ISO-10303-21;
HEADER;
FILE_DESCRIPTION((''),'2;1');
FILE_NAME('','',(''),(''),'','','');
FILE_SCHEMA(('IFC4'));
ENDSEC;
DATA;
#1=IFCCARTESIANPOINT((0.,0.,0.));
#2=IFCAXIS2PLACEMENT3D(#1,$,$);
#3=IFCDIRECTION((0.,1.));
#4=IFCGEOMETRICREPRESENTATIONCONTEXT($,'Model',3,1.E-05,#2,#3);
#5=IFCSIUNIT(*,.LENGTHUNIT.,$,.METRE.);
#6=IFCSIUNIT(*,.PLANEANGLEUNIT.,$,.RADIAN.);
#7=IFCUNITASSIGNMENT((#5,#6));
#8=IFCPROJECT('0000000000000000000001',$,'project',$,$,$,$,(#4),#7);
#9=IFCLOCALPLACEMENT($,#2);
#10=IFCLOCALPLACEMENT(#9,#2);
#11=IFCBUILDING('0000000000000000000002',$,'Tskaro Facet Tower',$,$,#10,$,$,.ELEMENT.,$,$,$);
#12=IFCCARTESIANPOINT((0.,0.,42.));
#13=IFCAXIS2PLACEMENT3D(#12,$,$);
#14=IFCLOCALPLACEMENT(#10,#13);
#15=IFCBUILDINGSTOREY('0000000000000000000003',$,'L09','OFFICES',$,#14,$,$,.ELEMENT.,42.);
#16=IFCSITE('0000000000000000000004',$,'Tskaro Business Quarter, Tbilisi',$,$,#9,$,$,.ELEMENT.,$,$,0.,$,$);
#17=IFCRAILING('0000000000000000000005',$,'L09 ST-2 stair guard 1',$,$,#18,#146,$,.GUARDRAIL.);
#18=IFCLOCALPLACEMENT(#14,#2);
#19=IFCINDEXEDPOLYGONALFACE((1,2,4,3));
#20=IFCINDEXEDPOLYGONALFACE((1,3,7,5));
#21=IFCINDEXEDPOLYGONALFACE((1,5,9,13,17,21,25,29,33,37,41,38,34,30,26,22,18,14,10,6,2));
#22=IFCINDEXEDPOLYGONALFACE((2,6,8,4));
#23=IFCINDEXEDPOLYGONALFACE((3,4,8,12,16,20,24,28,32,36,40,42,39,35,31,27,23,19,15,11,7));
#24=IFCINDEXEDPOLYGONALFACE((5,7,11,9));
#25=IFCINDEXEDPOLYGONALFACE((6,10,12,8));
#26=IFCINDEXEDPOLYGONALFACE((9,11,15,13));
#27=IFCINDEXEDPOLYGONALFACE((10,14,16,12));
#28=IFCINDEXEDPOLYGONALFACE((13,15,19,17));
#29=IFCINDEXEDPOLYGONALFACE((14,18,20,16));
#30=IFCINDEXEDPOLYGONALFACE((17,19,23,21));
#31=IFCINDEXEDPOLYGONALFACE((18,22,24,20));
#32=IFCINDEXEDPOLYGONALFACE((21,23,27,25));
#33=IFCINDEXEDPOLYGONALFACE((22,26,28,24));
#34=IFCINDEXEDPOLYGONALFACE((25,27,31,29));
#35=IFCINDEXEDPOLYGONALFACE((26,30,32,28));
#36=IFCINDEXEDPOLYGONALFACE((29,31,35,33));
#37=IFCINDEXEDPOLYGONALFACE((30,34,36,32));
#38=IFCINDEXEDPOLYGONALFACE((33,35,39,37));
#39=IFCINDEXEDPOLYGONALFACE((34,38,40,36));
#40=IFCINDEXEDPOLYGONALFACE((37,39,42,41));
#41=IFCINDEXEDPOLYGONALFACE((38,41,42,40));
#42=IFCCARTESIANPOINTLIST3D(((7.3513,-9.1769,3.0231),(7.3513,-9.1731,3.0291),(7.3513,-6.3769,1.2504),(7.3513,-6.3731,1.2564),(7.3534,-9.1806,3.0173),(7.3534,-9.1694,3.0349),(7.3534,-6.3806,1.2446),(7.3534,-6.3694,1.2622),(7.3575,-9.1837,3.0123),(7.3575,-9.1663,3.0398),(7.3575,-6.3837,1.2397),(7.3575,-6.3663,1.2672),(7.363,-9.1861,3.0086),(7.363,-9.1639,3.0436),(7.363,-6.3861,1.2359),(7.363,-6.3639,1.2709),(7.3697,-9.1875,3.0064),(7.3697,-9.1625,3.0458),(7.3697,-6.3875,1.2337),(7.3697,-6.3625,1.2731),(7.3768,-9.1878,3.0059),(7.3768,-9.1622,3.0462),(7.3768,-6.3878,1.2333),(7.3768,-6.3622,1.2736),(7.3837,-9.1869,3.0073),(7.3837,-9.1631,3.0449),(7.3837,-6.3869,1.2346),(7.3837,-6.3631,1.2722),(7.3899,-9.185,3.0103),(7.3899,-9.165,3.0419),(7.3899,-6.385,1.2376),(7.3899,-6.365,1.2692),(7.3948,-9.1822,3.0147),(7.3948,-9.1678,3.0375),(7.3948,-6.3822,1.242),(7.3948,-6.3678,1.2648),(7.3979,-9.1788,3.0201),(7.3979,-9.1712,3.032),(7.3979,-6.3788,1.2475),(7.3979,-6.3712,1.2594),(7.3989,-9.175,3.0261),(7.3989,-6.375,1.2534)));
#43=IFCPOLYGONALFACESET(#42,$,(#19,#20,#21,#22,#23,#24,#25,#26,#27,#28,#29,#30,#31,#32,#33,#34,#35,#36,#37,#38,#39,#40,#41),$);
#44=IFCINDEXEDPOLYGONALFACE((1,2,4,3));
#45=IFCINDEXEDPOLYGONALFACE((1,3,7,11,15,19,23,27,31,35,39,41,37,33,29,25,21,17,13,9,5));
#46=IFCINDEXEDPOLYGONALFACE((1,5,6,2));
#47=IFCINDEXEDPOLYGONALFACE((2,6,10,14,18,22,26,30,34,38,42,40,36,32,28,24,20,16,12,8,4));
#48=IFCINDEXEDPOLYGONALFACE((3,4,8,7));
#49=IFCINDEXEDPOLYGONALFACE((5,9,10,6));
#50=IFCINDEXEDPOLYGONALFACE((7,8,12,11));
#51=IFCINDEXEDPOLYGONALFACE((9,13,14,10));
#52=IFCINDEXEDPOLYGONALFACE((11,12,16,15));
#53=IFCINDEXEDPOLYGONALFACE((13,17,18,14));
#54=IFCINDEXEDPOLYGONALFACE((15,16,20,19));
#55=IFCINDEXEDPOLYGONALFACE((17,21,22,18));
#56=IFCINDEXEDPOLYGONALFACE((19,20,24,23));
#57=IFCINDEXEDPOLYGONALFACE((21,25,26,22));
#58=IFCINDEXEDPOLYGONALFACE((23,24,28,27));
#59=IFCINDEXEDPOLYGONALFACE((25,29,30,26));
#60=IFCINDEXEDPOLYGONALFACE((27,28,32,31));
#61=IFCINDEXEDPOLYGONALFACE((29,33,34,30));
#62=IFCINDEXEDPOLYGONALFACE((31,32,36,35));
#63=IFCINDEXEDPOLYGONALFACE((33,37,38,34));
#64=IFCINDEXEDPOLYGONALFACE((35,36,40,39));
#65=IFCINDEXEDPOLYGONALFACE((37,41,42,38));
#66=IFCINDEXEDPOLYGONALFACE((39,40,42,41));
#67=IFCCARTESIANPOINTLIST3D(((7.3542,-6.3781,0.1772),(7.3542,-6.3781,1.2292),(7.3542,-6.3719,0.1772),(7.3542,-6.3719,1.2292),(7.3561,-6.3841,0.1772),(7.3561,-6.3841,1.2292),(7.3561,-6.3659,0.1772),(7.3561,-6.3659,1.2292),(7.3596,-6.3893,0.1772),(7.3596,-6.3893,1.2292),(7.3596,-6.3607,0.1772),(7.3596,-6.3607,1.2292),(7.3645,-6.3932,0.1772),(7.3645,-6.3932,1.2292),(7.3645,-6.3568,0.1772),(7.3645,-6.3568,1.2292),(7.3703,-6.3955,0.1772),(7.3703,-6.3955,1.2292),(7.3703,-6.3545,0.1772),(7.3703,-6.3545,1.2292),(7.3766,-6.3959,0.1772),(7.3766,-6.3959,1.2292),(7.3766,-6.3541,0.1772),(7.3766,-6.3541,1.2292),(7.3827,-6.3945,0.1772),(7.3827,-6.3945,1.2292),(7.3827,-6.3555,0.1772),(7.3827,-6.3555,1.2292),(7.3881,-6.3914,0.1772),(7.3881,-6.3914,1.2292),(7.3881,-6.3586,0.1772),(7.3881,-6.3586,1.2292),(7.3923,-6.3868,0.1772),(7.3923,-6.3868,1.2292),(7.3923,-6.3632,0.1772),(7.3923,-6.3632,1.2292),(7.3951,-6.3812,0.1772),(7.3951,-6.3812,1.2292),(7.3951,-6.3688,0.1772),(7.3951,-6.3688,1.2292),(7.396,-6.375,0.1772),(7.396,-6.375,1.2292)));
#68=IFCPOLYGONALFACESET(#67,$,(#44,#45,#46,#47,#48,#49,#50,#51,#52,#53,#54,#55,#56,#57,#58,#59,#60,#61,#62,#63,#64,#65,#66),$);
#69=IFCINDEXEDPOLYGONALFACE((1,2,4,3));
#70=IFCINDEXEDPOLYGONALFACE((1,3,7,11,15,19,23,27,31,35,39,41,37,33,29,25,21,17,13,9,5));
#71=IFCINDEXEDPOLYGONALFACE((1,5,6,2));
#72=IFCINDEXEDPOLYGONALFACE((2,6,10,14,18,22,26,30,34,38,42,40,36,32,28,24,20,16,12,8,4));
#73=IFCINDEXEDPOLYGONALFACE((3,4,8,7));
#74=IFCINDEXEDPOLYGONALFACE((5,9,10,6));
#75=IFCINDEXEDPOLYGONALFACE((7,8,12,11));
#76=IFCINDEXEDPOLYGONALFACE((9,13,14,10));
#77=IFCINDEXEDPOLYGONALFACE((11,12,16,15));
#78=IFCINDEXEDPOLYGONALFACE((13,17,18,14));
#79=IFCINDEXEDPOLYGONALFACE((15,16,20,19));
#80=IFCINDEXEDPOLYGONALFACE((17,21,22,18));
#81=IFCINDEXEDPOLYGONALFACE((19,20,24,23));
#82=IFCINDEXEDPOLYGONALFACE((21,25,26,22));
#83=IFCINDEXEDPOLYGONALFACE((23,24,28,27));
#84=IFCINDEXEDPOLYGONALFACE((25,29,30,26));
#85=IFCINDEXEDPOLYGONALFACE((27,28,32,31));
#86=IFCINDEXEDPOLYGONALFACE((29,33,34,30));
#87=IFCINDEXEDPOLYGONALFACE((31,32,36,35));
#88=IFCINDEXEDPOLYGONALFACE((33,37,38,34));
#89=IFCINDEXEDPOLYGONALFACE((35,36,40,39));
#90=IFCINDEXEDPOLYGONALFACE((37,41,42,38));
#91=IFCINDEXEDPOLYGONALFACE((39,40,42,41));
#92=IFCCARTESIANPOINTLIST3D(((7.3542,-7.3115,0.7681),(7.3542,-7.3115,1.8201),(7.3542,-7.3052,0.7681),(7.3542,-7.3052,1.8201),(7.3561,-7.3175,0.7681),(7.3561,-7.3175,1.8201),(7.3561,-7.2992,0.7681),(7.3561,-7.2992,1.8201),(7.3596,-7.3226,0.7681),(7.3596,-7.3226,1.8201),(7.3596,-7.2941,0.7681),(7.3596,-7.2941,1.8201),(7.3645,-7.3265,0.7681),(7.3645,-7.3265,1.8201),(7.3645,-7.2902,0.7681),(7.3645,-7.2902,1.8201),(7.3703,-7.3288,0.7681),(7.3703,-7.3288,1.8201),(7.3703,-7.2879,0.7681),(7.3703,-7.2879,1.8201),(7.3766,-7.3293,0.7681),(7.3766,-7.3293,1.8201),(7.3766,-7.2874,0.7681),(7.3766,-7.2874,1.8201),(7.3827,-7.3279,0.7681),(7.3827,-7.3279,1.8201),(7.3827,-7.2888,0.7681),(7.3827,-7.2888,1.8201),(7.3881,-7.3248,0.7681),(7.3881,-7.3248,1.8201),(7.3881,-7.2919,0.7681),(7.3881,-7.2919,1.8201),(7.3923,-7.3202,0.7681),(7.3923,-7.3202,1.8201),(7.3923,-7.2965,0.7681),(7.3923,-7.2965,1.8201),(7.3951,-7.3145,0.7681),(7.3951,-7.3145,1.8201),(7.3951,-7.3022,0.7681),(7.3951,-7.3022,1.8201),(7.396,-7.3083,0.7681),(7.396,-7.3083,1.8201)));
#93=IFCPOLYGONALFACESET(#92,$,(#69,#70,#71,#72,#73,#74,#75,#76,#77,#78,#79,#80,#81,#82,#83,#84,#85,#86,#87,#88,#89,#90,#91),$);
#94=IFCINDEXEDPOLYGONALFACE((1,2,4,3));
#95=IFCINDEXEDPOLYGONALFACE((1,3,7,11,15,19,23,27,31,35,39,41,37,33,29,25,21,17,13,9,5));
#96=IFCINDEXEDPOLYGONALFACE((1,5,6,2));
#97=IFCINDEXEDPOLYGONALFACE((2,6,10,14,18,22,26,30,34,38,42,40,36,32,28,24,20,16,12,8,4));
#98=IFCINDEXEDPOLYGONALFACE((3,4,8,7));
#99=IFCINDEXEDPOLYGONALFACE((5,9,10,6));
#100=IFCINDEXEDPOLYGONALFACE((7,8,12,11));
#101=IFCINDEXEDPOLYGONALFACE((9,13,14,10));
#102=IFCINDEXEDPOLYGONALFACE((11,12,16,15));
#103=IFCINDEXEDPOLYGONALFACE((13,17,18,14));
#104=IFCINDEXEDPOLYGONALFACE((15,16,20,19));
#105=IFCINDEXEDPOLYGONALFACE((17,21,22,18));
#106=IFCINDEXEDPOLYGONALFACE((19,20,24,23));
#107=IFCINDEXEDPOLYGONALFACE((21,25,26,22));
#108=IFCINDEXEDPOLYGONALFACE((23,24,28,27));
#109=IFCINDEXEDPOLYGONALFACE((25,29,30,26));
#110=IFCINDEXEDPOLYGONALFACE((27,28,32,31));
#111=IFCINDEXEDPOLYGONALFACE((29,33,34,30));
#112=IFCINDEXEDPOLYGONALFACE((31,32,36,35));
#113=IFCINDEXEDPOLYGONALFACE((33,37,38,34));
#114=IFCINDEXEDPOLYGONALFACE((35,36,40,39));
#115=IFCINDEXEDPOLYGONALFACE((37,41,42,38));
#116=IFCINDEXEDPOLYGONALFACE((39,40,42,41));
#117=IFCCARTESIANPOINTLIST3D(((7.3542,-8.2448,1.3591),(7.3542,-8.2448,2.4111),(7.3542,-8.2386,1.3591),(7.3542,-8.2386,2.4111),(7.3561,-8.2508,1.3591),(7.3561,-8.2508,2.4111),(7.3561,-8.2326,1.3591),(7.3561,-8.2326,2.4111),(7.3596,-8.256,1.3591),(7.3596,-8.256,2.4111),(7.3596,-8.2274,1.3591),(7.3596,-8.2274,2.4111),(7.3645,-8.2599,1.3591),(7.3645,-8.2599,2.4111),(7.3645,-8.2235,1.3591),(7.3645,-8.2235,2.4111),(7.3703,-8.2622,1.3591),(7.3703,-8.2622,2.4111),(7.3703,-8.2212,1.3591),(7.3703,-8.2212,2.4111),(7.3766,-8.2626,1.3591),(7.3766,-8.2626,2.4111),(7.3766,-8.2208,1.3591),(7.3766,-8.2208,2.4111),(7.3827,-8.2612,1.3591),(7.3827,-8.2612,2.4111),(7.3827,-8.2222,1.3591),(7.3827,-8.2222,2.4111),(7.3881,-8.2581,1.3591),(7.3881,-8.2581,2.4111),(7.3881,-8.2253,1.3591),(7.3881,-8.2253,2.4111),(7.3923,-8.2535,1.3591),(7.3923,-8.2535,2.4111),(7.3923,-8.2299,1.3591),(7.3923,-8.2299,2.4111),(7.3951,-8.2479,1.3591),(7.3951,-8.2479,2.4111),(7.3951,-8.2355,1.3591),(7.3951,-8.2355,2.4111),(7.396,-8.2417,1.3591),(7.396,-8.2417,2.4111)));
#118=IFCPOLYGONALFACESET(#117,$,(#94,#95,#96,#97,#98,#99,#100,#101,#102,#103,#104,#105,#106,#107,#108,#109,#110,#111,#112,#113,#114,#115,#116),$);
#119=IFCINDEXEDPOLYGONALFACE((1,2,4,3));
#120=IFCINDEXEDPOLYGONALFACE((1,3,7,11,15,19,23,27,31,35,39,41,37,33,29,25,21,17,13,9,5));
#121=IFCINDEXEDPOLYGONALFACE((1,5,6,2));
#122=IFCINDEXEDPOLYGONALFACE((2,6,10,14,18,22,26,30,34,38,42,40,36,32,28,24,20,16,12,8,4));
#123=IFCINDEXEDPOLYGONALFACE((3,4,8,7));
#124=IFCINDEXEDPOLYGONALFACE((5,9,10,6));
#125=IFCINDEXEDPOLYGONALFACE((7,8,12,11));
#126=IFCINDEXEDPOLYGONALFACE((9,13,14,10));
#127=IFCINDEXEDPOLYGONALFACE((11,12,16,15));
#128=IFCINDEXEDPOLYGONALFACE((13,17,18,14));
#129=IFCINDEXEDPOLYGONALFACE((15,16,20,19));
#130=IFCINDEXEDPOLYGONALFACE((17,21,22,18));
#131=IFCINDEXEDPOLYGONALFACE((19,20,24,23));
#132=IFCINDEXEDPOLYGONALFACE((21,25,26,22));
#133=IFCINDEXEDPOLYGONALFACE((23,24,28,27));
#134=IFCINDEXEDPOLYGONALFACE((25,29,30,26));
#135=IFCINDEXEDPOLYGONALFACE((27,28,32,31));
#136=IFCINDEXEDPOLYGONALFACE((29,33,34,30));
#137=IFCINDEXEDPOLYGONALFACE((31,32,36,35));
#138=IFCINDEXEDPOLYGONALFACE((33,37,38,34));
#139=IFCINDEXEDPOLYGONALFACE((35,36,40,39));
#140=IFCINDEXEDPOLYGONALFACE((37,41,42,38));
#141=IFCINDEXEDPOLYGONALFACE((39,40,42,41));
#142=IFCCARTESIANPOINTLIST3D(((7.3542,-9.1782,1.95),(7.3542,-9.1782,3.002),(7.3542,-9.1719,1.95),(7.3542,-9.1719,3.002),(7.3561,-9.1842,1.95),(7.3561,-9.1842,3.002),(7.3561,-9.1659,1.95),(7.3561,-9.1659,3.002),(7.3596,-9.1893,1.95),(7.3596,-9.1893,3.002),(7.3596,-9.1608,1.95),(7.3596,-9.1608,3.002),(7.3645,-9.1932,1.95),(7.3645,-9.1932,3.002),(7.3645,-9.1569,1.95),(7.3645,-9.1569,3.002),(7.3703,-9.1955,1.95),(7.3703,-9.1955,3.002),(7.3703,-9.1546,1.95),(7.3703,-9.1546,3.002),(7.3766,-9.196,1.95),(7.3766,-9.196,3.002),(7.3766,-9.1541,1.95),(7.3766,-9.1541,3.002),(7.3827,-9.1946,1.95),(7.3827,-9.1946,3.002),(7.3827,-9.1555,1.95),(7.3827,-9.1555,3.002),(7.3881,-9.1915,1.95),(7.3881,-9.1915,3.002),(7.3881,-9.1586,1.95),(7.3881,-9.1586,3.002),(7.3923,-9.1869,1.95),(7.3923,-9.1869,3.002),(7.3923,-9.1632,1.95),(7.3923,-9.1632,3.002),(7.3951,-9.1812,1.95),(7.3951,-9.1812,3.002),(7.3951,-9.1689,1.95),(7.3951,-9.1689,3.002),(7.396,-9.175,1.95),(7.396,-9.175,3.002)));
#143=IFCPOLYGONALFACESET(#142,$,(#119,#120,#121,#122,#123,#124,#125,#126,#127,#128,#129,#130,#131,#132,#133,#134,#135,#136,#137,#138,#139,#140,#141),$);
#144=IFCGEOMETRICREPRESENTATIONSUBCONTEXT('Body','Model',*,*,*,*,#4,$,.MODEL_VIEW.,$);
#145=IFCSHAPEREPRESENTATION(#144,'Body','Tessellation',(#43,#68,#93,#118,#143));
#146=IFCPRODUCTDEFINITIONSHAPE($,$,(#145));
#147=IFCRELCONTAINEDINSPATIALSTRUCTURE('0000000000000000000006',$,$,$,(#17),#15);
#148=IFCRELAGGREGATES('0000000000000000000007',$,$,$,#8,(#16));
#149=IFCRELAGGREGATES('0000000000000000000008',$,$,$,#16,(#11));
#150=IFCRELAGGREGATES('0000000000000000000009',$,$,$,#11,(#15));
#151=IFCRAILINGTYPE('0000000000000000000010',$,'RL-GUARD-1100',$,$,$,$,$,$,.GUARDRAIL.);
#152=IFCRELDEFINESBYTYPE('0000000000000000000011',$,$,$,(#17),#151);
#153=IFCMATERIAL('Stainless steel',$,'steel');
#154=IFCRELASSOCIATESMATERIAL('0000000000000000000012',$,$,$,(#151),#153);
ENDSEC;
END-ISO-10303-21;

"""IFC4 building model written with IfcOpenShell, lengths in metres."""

from ifc_helpers import new_model, si_unit, direction, frame, origin, origin_2d, place, context, subcontext, project, spatial, circle, extrude, material, type_object, element, save


model = new_model("IFC4")

# Units and contexts
model_context = context("Model", 3, precision=1e-05, world=origin(), true_north=direction((0.0, 1.0)))
body_context = subcontext(model_context, "Body", "Model", "MODEL_VIEW")
ifc_project = project(units=[si_unit("LENGTHUNIT", "METRE"), si_unit("PLANEANGLEUNIT", "RADIAN")], contexts=[model_context])

# Site, building, storey
site_placement = place(None, origin())
site = spatial("IfcSite", under=ifc_project, at=site_placement, Name="Tskaro Business Quarter, Tbilisi", CompositionType="ELEMENT", RefElevation=0.0)
building_placement = place(site_placement, origin())
building = spatial("IfcBuilding", under=site, at=building_placement, Name="Tskaro Facet Tower", CompositionType="ELEMENT")
storey_placement = place(building_placement, frame((0.0, 0.0, 42.0)))
storey = spatial("IfcBuildingStorey", under=building, at=storey_placement, Name="L09", Description="OFFICES", CompositionType="ELEMENT", Elevation=42.0)

# Railing
ifc_material_1 = material(Name="Stainless steel", Category="steel")
railing_type_1 = type_object("IfcRailingType", Name="RL-GUARD-1100", PredefinedType="GUARDRAIL", material=ifc_material_1)
railing_1_placement = place(storey_placement, frame((7.375, -6.375, 0.1772)))
element("IfcRailing", 1, at=railing_1_placement, inside=storey, type_object=railing_type_1, Name="L09 ST-2 stair guard 1", PredefinedType="GUARDRAIL", context=body_context, shape_type="SweptSolid", body=[
    extrude(circle(Radius=0.0239, at=origin_2d()), frame((0.0, 0.0, 1.0762), z_axis=(0.0, -0.844909, 0.53491), x_axis=(1.0, 0.0, 0.0)), (0.0, 0.0, 1.0), 3.314),
    extrude(circle(Radius=0.021, at=origin_2d()), origin(), (0.0, 0.0, 1.0), 1.052),
    extrude(circle(Radius=0.021, at=origin_2d()), frame((0.0, -0.9333, 0.5908)), (0.0, 0.0, 1.0), 1.052),
    extrude(circle(Radius=0.021, at=origin_2d()), frame((0.0, -1.8667, 1.1819)), (0.0, 0.0, 1.0), 1.052),
    extrude(circle(Radius=0.021, at=origin_2d()), frame((0.0, -2.8, 1.7727)), (0.0, 0.0, 1.0), 1.052),
])

save(model, "model.ifc")
